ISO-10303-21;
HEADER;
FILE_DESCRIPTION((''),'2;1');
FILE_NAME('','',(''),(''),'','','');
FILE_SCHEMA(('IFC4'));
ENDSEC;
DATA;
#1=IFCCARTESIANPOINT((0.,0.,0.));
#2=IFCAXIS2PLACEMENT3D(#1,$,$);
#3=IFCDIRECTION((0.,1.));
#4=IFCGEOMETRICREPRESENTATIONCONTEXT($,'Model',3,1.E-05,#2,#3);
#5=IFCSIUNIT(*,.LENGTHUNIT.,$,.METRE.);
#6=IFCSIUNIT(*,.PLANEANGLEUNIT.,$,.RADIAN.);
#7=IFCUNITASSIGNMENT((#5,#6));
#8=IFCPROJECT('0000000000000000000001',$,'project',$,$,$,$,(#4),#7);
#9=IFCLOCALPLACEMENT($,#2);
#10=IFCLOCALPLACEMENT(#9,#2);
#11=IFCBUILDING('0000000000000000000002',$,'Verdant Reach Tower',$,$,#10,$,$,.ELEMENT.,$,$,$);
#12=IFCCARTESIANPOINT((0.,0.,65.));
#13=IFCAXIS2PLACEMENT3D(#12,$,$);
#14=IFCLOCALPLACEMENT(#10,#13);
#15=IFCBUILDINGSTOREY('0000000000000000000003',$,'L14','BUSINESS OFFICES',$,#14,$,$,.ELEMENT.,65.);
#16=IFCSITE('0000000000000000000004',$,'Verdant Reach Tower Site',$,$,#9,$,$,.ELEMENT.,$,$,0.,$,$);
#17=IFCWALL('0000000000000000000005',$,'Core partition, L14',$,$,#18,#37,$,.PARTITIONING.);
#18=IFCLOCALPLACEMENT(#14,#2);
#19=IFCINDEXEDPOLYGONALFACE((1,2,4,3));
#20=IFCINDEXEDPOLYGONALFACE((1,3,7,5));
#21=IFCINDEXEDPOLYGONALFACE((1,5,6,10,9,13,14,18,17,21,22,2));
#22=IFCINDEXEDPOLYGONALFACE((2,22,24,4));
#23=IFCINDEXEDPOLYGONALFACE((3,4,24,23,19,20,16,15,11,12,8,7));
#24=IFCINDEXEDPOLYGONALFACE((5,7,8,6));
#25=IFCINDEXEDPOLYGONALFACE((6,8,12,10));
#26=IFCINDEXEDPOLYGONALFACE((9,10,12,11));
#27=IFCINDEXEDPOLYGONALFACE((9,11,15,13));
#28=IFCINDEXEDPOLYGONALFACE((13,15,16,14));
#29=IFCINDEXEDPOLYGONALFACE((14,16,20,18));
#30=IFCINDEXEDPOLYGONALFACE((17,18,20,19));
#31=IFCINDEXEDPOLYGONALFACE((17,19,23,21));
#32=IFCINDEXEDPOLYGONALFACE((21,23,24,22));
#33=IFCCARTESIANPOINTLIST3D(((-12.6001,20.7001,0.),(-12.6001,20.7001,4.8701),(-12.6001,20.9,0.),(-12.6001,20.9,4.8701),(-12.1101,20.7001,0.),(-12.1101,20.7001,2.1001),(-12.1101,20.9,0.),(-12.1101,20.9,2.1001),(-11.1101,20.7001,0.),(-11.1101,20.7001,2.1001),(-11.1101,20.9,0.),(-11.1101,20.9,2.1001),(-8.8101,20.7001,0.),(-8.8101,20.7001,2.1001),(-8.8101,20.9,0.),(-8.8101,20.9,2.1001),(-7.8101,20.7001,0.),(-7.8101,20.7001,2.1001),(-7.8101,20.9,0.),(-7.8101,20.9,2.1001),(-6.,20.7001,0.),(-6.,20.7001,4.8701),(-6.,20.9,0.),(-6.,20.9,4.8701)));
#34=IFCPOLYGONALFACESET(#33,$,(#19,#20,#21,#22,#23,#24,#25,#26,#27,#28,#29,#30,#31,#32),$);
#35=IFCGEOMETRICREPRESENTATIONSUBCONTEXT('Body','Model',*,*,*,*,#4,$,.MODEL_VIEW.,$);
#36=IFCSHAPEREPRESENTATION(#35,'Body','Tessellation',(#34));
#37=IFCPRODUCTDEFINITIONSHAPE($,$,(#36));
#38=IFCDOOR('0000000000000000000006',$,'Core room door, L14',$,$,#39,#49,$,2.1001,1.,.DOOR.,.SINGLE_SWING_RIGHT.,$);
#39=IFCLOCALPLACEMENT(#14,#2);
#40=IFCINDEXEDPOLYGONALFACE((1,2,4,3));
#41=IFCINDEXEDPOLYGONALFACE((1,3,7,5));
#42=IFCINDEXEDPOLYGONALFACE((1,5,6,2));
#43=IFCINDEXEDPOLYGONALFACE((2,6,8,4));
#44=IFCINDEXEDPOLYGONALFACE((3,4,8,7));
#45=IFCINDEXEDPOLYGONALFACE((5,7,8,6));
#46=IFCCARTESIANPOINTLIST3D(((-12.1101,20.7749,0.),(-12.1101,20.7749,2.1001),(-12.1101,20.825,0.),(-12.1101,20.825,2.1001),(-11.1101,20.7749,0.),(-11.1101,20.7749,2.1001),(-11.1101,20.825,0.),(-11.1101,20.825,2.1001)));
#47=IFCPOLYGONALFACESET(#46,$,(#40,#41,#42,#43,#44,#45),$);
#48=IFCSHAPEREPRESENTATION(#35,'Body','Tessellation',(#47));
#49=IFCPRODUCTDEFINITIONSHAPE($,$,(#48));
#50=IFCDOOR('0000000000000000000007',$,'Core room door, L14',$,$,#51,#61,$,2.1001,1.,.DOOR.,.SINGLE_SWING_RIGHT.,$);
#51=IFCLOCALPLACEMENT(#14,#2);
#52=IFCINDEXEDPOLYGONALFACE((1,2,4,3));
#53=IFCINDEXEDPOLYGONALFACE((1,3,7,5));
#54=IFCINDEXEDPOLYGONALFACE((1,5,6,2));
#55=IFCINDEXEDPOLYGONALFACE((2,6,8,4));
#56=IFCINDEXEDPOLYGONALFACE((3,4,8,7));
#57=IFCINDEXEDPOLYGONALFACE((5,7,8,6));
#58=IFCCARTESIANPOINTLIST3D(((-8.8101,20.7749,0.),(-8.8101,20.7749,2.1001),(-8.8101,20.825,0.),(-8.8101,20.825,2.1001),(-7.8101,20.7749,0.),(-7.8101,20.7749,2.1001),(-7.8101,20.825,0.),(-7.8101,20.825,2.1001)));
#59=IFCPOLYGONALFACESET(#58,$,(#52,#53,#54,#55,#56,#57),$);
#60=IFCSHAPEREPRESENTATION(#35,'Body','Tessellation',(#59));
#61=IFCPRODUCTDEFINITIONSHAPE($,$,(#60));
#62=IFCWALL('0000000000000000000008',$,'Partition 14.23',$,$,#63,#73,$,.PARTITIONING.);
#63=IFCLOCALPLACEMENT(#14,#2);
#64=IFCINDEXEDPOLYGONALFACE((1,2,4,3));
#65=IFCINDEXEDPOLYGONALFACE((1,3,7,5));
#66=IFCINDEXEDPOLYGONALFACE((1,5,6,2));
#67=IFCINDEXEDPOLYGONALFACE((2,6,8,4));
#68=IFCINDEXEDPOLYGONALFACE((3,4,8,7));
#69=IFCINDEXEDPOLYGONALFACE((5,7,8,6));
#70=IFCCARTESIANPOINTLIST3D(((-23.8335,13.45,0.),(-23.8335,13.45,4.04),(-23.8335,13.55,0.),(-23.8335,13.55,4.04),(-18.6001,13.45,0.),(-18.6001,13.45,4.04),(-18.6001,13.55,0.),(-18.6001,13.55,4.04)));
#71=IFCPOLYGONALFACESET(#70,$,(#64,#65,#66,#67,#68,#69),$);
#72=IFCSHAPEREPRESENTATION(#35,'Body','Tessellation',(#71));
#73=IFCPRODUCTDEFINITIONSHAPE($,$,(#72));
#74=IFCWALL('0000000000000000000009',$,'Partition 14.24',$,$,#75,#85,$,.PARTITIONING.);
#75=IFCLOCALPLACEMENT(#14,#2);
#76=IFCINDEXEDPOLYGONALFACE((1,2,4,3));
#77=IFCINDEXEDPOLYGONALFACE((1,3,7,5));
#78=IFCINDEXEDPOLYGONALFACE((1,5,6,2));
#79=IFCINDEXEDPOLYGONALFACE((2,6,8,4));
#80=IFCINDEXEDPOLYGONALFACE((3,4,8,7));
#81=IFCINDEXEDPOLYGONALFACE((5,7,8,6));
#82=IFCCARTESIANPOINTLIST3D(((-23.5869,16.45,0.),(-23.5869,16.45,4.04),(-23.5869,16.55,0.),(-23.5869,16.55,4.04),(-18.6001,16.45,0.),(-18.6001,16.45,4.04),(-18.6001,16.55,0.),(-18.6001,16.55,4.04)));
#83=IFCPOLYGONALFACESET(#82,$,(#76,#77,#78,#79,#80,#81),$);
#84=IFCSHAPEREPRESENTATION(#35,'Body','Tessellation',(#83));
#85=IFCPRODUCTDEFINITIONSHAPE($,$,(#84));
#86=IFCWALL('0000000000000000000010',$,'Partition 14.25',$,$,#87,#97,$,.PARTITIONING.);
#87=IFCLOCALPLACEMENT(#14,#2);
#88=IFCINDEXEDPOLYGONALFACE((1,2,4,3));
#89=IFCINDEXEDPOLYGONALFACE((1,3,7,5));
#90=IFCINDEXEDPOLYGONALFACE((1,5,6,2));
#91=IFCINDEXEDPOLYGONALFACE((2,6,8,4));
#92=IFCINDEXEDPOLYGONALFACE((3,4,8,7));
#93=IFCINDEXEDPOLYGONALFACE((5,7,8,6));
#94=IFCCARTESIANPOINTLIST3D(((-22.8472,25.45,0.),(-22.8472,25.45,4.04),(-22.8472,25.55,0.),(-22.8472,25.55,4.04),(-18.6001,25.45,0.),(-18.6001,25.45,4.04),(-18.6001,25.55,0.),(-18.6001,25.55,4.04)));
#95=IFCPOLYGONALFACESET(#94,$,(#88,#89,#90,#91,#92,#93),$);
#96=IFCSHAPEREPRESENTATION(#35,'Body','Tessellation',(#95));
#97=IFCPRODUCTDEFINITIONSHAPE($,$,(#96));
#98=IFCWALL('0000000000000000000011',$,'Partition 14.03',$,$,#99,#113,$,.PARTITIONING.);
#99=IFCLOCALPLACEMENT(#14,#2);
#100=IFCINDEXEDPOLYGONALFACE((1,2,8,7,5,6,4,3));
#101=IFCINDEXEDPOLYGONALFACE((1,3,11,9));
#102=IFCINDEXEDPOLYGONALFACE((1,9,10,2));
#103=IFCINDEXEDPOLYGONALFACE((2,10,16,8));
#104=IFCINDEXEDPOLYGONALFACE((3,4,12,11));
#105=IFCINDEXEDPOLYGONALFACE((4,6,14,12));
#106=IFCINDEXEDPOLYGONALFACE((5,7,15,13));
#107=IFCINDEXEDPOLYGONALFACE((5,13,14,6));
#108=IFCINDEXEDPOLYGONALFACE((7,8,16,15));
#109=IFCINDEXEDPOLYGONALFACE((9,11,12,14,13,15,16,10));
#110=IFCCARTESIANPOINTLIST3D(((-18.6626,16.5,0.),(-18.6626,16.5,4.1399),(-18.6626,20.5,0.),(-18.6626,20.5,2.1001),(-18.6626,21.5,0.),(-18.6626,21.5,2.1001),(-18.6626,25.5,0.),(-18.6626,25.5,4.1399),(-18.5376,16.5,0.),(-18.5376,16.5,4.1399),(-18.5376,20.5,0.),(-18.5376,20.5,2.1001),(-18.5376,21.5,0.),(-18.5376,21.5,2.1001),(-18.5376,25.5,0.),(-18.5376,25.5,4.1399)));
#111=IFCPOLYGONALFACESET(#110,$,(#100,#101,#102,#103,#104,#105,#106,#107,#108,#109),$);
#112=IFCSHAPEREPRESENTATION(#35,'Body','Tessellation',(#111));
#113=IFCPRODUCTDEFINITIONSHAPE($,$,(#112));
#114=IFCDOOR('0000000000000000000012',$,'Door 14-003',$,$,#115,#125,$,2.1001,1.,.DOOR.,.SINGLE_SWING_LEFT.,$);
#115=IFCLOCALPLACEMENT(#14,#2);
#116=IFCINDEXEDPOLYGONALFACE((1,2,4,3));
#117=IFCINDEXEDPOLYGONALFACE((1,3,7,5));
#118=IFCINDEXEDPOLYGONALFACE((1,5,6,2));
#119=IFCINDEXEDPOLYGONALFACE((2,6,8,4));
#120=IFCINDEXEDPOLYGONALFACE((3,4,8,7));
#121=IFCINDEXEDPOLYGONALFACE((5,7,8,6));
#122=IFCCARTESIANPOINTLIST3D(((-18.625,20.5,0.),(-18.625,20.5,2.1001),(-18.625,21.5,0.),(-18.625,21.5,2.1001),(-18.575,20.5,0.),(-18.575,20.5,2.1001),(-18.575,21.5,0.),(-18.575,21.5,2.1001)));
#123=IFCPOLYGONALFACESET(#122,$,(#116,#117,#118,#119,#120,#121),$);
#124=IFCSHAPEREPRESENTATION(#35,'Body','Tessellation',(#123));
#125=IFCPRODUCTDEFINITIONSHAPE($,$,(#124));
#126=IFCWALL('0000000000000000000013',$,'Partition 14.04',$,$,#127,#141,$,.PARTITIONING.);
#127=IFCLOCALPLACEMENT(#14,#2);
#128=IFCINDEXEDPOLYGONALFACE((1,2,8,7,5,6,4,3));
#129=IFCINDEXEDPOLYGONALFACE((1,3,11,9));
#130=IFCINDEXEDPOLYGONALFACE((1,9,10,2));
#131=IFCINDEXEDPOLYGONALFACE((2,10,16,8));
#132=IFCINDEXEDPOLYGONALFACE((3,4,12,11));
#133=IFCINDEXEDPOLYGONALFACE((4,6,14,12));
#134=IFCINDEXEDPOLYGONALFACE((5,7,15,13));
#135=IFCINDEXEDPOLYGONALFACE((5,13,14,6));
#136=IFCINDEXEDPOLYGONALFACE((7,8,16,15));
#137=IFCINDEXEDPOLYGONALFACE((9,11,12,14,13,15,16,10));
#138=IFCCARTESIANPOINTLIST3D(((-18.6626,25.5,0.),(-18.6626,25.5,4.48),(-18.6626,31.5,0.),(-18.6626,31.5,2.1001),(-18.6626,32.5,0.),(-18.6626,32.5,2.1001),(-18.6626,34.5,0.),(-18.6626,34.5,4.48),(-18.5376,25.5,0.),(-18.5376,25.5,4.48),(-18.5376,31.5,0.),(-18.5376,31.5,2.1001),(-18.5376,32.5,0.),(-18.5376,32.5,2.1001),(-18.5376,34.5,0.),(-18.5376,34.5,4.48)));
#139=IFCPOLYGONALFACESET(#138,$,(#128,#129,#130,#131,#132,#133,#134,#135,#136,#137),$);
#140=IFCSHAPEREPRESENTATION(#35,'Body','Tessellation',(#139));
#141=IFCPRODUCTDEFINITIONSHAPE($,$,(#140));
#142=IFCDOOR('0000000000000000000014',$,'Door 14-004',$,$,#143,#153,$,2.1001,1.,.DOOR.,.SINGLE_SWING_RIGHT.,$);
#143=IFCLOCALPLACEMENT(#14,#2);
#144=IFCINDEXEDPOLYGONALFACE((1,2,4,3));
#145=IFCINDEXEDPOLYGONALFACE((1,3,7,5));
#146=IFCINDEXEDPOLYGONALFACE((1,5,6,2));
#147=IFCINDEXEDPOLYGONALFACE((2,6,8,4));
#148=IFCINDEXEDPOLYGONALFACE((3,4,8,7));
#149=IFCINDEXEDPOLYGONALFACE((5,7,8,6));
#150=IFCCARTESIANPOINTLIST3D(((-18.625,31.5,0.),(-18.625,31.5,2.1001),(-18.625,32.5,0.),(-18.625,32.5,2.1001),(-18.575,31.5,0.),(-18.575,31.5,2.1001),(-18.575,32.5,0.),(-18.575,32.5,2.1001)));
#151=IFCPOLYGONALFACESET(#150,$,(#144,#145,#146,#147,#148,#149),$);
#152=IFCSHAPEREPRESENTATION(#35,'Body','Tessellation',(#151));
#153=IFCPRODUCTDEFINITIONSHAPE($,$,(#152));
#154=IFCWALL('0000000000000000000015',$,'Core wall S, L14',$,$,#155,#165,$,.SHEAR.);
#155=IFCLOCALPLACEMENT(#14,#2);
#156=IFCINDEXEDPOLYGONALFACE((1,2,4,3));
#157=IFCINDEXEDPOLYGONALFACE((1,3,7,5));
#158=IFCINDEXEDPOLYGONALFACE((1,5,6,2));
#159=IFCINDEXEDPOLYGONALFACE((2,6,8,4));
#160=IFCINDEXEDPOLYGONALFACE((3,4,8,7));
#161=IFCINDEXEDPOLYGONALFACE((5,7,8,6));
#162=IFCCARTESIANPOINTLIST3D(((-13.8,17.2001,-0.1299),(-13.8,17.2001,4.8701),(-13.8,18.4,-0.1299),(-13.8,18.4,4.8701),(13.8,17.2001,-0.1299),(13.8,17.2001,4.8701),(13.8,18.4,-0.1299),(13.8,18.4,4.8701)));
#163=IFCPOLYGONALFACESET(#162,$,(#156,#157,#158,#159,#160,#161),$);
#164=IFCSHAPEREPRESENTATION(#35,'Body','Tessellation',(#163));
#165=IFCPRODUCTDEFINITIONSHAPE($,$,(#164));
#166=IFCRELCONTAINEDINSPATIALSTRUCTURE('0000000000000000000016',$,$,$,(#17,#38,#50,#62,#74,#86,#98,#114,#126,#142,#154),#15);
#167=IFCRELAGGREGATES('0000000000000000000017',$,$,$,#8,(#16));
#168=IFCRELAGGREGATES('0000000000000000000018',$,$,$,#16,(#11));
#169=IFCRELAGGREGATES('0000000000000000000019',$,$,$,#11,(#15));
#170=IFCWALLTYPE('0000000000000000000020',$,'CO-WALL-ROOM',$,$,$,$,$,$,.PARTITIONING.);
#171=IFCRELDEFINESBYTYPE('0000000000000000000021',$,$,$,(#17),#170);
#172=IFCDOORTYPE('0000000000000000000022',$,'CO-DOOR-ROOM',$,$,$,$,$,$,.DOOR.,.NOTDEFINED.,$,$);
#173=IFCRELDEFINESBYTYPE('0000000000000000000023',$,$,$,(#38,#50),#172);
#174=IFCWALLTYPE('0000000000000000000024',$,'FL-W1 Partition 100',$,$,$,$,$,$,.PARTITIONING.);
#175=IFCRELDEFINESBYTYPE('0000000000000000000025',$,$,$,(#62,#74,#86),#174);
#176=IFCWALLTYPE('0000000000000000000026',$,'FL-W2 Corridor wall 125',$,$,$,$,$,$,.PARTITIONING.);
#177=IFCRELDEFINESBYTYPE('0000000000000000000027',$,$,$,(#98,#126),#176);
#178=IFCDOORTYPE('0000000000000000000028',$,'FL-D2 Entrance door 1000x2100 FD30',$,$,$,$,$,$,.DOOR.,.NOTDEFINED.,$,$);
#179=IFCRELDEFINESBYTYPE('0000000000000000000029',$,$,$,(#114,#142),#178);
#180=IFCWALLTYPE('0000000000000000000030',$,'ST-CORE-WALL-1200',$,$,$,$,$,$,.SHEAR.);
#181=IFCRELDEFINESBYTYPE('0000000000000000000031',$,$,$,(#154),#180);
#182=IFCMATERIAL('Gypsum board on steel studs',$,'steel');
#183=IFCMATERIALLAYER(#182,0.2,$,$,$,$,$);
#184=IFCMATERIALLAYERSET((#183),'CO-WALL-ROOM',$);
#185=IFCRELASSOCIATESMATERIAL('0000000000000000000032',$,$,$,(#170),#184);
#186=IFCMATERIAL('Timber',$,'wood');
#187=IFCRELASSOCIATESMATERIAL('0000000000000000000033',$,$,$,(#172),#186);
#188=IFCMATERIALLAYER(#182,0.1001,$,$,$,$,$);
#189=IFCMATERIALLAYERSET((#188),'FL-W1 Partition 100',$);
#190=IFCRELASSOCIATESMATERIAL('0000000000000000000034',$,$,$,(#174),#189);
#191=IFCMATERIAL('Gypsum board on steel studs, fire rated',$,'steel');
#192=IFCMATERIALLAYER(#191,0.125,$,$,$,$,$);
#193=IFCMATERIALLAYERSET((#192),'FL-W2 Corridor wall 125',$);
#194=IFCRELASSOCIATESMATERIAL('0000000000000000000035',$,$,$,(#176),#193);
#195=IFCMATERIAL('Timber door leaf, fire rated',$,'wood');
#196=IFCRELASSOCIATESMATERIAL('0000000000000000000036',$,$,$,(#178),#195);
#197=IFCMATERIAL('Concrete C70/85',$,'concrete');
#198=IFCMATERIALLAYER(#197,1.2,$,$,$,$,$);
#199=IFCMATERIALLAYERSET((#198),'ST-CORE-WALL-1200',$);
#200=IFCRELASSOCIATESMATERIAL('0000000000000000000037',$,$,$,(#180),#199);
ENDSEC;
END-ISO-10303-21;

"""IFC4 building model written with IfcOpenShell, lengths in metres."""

from ifc_helpers import new_model, si_unit, direction, frame, frame_2d, origin, place, context, subcontext, project, spatial, rectangle, extrude, material, layer, layer_set, type_object, element, fill, save


model = new_model("IFC4")

# Units and contexts
model_context = context("Model", 3, precision=1e-05, world=origin(), true_north=direction((0.0, 1.0)))
body_context = subcontext(model_context, "Body", "Model", "MODEL_VIEW")
ifc_project = project(units=[si_unit("LENGTHUNIT", "METRE"), si_unit("PLANEANGLEUNIT", "RADIAN")], contexts=[model_context])

# Site, building, storey
site_placement = place(None, origin())
site = spatial("IfcSite", under=ifc_project, at=site_placement, Name="Verdant Reach Tower Site", CompositionType="ELEMENT", RefElevation=0.0)
building_placement = place(site_placement, origin())
building = spatial("IfcBuilding", under=site, at=building_placement, Name="Verdant Reach Tower", CompositionType="ELEMENT")
storey_placement = place(building_placement, frame((0.0, 0.0, 65.0)))
storey = spatial("IfcBuildingStorey", under=building, at=storey_placement, Name="L14", Description="BUSINESS OFFICES", CompositionType="ELEMENT", Elevation=65.0)

# Wall, openings, doors
ifc_material_1 = material(Name="Gypsum board on steel studs", Category="steel")
ifc_layer_1 = layer(ifc_material_1, 0.2)
ifc_layer_set_1 = layer_set([ifc_layer_1], Name="CO-WALL-ROOM")
wall_type_1 = type_object("IfcWallType", Name="CO-WALL-ROOM", PredefinedType="PARTITIONING", material=ifc_layer_set_1)
wall_1_placement = place(storey_placement, frame((-12.6001, 20.8, 0.0), z_axis=(0.0, 0.0, 1.0), x_axis=(1.0, 0.0, 0.0)))
wall_1 = element("IfcWall", 1, at=wall_1_placement, inside=storey, type_object=wall_type_1, Name="Core partition, L14", PredefinedType="PARTITIONING", context=body_context, shape_type="SweptSolid", body=[
    extrude(rectangle(XDim=6.6001, YDim=0.2, at=frame_2d((3.3, 0.0))), origin(), (0.0, 0.0, 1.0), 4.8701),
])
opening_1_placement = place(wall_1_placement, frame((0.49, 0.0, 0.0)))
opening_1 = element("IfcOpeningElement", 2, at=opening_1_placement, cuts=wall_1, PredefinedType="OPENING", context=body_context, shape_type="SweptSolid", body=[
    extrude(rectangle(XDim=1.0, YDim=2.1001, at=frame_2d((0.5, 1.05))), frame((0.0, 0.1099, 0.0), z_axis=(0.0, -1.0, 0.0), x_axis=(1.0, 0.0, 0.0)), (0.0, 0.0, 1.0), 0.22),
])
opening_2_placement = place(wall_1_placement, frame((3.79, 0.0, 0.0)))
opening_2 = element("IfcOpeningElement", 3, at=opening_2_placement, cuts=wall_1, PredefinedType="OPENING", context=body_context, shape_type="SweptSolid", body=[
    extrude(rectangle(XDim=1.0, YDim=2.1001, at=frame_2d((0.5, 1.05))), frame((0.0, 0.1099, 0.0), z_axis=(0.0, -1.0, 0.0), x_axis=(1.0, 0.0, 0.0)), (0.0, 0.0, 1.0), 0.22),
])
ifc_material_2 = material(Name="Timber", Category="wood")
door_type_1 = type_object("IfcDoorType", Name="CO-DOOR-ROOM", OperationType="NOTDEFINED", PredefinedType="DOOR", material=ifc_material_2)
door_1_placement = place(opening_1_placement, origin())
door_1 = element("IfcDoor", 4, at=door_1_placement, inside=storey, type_object=door_type_1, Name="Core room door, L14", OperationType="SINGLE_SWING_RIGHT", OverallHeight=2.1001, OverallWidth=1.0, PredefinedType="DOOR", context=body_context, shape_type="SweptSolid", body=[
    extrude(rectangle(XDim=1.0, YDim=2.1001, at=frame_2d((0.5, 1.05))), frame((0.0, 0.0249, 0.0), z_axis=(0.0, -1.0, 0.0), x_axis=(1.0, 0.0, 0.0)), (0.0, 0.0, 1.0), 0.05),
])
fill(opening_1, door_1)
door_2_placement = place(opening_2_placement, origin())
door_2 = element("IfcDoor", 5, at=door_2_placement, inside=storey, type_object=door_type_1, Name="Core room door, L14", OperationType="SINGLE_SWING_RIGHT", OverallHeight=2.1001, OverallWidth=1.0, PredefinedType="DOOR", context=body_context, shape_type="SweptSolid", body=[
    extrude(rectangle(XDim=1.0, YDim=2.1001, at=frame_2d((0.5, 1.05))), frame((0.0, 0.0249, 0.0), z_axis=(0.0, -1.0, 0.0), x_axis=(1.0, 0.0, 0.0)), (0.0, 0.0, 1.0), 0.05),
])
fill(opening_2, door_2)

# Walls
ifc_layer_2 = layer(ifc_material_1, 0.1001)
ifc_layer_set_2 = layer_set([ifc_layer_2], Name="FL-W1 Partition 100")
wall_type_2 = type_object("IfcWallType", Name="FL-W1 Partition 100", PredefinedType="PARTITIONING", material=ifc_layer_set_2)
wall_2_placement = place(storey_placement, frame((-18.6001, 13.5, 0.0), z_axis=(0.0, 0.0, 1.0), x_axis=(-1.0, 0.0, 0.0)))
element("IfcWall", 6, at=wall_2_placement, inside=storey, type_object=wall_type_2, Name="Partition 14.23", PredefinedType="PARTITIONING", context=body_context, shape_type="SweptSolid", body=[
    extrude(rectangle(XDim=5.2334, YDim=0.1001, at=frame_2d((2.6167, 0.0))), origin(), (0.0, 0.0, 1.0), 4.04),
])
wall_3_placement = place(storey_placement, frame((-18.6001, 16.5, 0.0), z_axis=(0.0, 0.0, 1.0), x_axis=(-1.0, 0.0, 0.0)))
element("IfcWall", 7, at=wall_3_placement, inside=storey, type_object=wall_type_2, Name="Partition 14.24", PredefinedType="PARTITIONING", context=body_context, shape_type="SweptSolid", body=[
    extrude(rectangle(XDim=4.9868, YDim=0.1001, at=frame_2d((2.4934, 0.0))), origin(), (0.0, 0.0, 1.0), 4.04),
])
wall_4_placement = place(storey_placement, frame((-18.6001, 25.5, 0.0), z_axis=(0.0, 0.0, 1.0), x_axis=(-1.0, 0.0, 0.0)))
element("IfcWall", 8, at=wall_4_placement, inside=storey, type_object=wall_type_2, Name="Partition 14.25", PredefinedType="PARTITIONING", context=body_context, shape_type="SweptSolid", body=[
    extrude(rectangle(XDim=4.2471, YDim=0.1001, at=frame_2d((2.1235, 0.0))), origin(), (0.0, 0.0, 1.0), 4.04),
])

# Walls, openings, doors
ifc_material_3 = material(Name="Gypsum board on steel studs, fire rated", Category="steel")
ifc_layer_3 = layer(ifc_material_3, 0.125)
ifc_layer_set_3 = layer_set([ifc_layer_3], Name="FL-W2 Corridor wall 125")
wall_type_3 = type_object("IfcWallType", Name="FL-W2 Corridor wall 125", PredefinedType="PARTITIONING", material=ifc_layer_set_3)
wall_5_placement = place(storey_placement, frame((-18.6001, 16.5, 0.0), z_axis=(0.0, 0.0, 1.0), x_axis=(0.0, 1.0, 0.0)))
wall_5 = element("IfcWall", 9, at=wall_5_placement, inside=storey, type_object=wall_type_3, Name="Partition 14.03", PredefinedType="PARTITIONING", context=body_context, shape_type="SweptSolid", body=[
    extrude(rectangle(XDim=9.0, YDim=0.125, at=frame_2d((4.5, 0.0))), origin(), (0.0, 0.0, 1.0), 4.1399),
])
opening_3_placement = place(wall_5_placement, frame((4.0, 0.0, 0.0)))
opening_3 = element("IfcOpeningElement", 10, at=opening_3_placement, cuts=wall_5, PredefinedType="OPENING", context=body_context, shape_type="SweptSolid", body=[
    extrude(rectangle(XDim=1.0, YDim=2.1001, at=frame_2d((0.5, 1.05))), frame((0.0, 0.0725, 0.0), z_axis=(0.0, -1.0, 0.0), x_axis=(1.0, 0.0, 0.0)), (0.0, 0.0, 1.0), 0.145),
])
ifc_material_4 = material(Name="Timber door leaf, fire rated", Category="wood")
door_type_2 = type_object("IfcDoorType", Name="FL-D2 Entrance door 1000x2100 FD30", OperationType="NOTDEFINED", PredefinedType="DOOR", material=ifc_material_4)
door_3_placement = place(opening_3_placement, origin())
door_3 = element("IfcDoor", 11, at=door_3_placement, inside=storey, type_object=door_type_2, Name="Door 14-003", OperationType="SINGLE_SWING_LEFT", OverallHeight=2.1001, OverallWidth=1.0, PredefinedType="DOOR", context=body_context, shape_type="SweptSolid", body=[
    extrude(rectangle(XDim=1.0, YDim=2.1001, at=frame_2d((0.5, 1.05))), frame((0.0, 0.0249, 0.0), z_axis=(0.0, -1.0, 0.0), x_axis=(1.0, 0.0, 0.0)), (0.0, 0.0, 1.0), 0.05),
])
fill(opening_3, door_3)
wall_6_placement = place(storey_placement, frame((-18.6001, 25.5, 0.0), z_axis=(0.0, 0.0, 1.0), x_axis=(0.0, 1.0, 0.0)))
wall_6 = element("IfcWall", 12, at=wall_6_placement, inside=storey, type_object=wall_type_3, Name="Partition 14.04", PredefinedType="PARTITIONING", context=body_context, shape_type="SweptSolid", body=[
    extrude(rectangle(XDim=9.0, YDim=0.125, at=frame_2d((4.5, 0.0))), origin(), (0.0, 0.0, 1.0), 4.48),
])
opening_4_placement = place(wall_6_placement, frame((6.0, 0.0, 0.0)))
opening_4 = element("IfcOpeningElement", 13, at=opening_4_placement, cuts=wall_6, PredefinedType="OPENING", context=body_context, shape_type="SweptSolid", body=[
    extrude(rectangle(XDim=1.0, YDim=2.1001, at=frame_2d((0.5, 1.05))), frame((0.0, 0.0725, 0.0), z_axis=(0.0, -1.0, 0.0), x_axis=(1.0, 0.0, 0.0)), (0.0, 0.0, 1.0), 0.145),
])
door_4_placement = place(opening_4_placement, origin())
door_4 = element("IfcDoor", 14, at=door_4_placement, inside=storey, type_object=door_type_2, Name="Door 14-004", OperationType="SINGLE_SWING_RIGHT", OverallHeight=2.1001, OverallWidth=1.0, PredefinedType="DOOR", context=body_context, shape_type="SweptSolid", body=[
    extrude(rectangle(XDim=1.0, YDim=2.1001, at=frame_2d((0.5, 1.05))), frame((0.0, 0.0249, 0.0), z_axis=(0.0, -1.0, 0.0), x_axis=(1.0, 0.0, 0.0)), (0.0, 0.0, 1.0), 0.05),
])
fill(opening_4, door_4)

# Wall
ifc_material_5 = material(Name="Concrete C70/85", Category="concrete")
ifc_layer_4 = layer(ifc_material_5, 1.2)
ifc_layer_set_4 = layer_set([ifc_layer_4], Name="ST-CORE-WALL-1200")
wall_type_4 = type_object("IfcWallType", Name="ST-CORE-WALL-1200", PredefinedType="SHEAR", material=ifc_layer_set_4)
wall_7_placement = place(storey_placement, frame((-13.8, 17.8, -0.1299), z_axis=(0.0, 0.0, 1.0), x_axis=(1.0, 0.0, 0.0)))
element("IfcWall", 15, at=wall_7_placement, inside=storey, type_object=wall_type_4, Name="Core wall S, L14", PredefinedType="SHEAR", context=body_context, shape_type="SweptSolid", body=[
    extrude(rectangle(XDim=27.6001, YDim=1.2, at=frame_2d((13.8, 0.0))), origin(), (0.0, 0.0, 1.0), 5.0),
])

save(model, "model.ifc")
